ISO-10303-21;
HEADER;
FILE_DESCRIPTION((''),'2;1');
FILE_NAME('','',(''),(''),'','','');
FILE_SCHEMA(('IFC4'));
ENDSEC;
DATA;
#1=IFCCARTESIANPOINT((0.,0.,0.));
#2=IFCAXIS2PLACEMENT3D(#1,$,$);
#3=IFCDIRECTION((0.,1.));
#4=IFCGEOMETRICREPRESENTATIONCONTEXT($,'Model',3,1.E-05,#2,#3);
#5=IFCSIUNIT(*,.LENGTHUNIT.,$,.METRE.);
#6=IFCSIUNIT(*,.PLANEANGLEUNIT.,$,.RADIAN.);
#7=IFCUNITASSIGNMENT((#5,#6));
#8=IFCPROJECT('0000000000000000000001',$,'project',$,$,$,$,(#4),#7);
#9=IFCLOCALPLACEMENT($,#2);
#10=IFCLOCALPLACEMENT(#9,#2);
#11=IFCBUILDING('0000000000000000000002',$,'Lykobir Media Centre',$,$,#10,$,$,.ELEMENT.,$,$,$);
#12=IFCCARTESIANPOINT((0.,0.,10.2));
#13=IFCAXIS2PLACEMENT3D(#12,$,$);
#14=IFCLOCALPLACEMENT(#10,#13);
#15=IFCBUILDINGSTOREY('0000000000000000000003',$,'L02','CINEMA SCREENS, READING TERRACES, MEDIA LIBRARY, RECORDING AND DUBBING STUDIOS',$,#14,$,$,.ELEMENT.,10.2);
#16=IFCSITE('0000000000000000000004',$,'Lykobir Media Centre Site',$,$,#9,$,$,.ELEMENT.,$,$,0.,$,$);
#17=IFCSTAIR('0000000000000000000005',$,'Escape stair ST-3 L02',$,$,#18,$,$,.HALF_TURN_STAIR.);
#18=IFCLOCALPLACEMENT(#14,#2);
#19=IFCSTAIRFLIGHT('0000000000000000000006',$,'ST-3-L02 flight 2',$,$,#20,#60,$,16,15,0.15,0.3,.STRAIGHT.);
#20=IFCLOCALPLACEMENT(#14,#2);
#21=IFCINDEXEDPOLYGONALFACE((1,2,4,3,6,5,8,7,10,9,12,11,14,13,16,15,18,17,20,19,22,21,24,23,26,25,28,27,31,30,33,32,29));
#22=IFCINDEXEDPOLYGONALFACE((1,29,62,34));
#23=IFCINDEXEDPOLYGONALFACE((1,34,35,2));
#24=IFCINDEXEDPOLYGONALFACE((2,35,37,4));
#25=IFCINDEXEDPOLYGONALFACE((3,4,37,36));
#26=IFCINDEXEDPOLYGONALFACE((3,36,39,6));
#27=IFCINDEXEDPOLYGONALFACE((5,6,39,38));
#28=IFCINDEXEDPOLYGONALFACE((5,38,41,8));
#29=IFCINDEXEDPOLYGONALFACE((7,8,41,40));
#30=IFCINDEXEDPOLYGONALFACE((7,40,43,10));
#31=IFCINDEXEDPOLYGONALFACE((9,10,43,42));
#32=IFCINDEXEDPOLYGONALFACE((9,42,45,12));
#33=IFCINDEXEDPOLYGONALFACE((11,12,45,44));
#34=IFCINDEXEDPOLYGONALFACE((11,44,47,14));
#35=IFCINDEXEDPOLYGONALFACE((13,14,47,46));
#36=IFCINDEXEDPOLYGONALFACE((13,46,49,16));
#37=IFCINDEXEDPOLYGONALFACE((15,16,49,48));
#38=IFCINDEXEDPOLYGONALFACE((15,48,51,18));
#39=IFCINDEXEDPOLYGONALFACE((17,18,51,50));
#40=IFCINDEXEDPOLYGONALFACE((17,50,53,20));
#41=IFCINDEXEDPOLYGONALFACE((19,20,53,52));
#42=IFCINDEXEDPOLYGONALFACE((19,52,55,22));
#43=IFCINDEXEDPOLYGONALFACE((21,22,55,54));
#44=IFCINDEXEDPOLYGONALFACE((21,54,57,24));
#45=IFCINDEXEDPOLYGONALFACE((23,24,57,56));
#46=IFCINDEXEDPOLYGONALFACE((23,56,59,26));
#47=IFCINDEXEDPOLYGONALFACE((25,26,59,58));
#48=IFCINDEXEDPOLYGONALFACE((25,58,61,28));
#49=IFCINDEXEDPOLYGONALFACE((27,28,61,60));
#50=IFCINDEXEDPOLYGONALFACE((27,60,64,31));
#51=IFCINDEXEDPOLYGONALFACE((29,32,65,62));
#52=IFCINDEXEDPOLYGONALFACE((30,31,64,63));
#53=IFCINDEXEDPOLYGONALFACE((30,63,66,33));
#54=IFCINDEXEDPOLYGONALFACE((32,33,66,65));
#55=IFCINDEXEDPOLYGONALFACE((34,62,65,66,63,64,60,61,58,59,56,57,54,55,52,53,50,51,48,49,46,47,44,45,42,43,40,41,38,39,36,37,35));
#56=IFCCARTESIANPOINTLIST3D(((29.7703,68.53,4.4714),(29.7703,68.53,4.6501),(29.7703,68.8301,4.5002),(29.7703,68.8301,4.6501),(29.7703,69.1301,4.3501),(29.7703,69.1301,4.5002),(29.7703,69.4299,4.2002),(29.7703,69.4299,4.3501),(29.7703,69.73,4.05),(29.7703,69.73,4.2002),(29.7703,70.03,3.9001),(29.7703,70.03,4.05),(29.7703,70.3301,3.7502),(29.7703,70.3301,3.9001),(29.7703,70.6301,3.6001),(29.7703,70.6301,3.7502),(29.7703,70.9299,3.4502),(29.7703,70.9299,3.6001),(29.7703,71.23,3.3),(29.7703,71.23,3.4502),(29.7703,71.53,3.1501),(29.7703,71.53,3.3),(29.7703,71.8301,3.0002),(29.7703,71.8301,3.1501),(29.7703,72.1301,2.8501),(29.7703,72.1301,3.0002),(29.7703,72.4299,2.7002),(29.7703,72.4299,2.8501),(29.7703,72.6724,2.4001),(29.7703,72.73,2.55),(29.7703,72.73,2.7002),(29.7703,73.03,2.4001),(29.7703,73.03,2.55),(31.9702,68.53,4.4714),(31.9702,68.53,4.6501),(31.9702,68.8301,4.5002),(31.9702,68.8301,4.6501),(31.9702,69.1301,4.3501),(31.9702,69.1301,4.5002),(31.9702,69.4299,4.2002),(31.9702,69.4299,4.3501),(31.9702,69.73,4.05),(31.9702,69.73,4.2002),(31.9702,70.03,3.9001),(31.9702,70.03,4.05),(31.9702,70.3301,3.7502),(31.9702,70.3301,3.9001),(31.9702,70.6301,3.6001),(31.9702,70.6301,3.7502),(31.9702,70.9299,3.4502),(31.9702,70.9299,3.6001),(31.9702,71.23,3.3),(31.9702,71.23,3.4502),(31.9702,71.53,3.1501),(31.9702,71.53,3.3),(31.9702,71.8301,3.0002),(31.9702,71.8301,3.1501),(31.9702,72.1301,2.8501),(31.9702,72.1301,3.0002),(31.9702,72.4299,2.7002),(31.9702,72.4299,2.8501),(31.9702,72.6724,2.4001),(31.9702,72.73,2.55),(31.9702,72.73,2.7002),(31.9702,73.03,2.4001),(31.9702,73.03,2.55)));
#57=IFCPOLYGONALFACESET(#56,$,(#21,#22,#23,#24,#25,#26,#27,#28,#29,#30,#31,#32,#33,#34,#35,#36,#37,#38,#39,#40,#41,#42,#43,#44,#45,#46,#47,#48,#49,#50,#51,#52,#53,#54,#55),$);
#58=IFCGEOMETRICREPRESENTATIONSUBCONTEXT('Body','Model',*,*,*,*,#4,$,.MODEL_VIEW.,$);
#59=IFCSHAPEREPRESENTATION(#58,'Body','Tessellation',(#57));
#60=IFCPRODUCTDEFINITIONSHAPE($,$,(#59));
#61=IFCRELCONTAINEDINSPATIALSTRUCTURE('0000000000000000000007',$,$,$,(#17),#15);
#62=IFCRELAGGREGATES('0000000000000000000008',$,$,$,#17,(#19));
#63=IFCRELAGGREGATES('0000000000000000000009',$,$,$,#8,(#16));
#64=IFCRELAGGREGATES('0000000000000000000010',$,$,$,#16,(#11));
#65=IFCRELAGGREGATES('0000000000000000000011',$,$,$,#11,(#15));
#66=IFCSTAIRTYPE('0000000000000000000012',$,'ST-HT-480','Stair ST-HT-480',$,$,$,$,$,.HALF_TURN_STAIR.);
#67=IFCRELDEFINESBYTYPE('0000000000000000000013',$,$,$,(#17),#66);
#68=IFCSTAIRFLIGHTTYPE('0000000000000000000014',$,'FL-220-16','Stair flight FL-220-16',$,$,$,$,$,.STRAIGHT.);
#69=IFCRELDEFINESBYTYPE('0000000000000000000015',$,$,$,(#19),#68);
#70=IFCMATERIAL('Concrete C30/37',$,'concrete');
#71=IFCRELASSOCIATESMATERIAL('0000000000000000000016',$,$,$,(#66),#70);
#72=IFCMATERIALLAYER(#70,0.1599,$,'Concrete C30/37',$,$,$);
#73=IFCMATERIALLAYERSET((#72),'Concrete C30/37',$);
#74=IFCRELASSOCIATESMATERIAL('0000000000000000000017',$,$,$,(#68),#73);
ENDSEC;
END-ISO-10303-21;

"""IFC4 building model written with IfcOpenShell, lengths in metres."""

from ifc_helpers import new_model, si_unit, direction, frame, origin, place, context, subcontext, project, spatial, polyline, outline, extrude, material, layer, layer_set, type_object, element, aggregate, save


model = new_model("IFC4")

# Units and contexts
model_context = context("Model", 3, precision=1e-05, world=origin(), true_north=direction((0.0, 1.0)))
body_context = subcontext(model_context, "Body", "Model", "MODEL_VIEW")
ifc_project = project(units=[si_unit("LENGTHUNIT", "METRE"), si_unit("PLANEANGLEUNIT", "RADIAN")], contexts=[model_context])

# Site, building, storey
site_placement = place(None, origin())
site = spatial("IfcSite", under=ifc_project, at=site_placement, Name="Lykobir Media Centre Site", CompositionType="ELEMENT", RefElevation=0.0)
building_placement = place(site_placement, origin())
building = spatial("IfcBuilding", under=site, at=building_placement, Name="Lykobir Media Centre", CompositionType="ELEMENT")
storey_placement = place(building_placement, frame((0.0, 0.0, 10.2)))
storey = spatial("IfcBuildingStorey", under=building, at=storey_placement, Name="L02", Description="CINEMA SCREENS, READING TERRACES, MEDIA LIBRARY, RECORDING AND DUBBING STUDIOS", CompositionType="ELEMENT", Elevation=10.2)

# Shared definitions
ifc_material_1 = material(Name="Concrete C30/37", Category="concrete")

# Stair, stair flight
stair_type = type_object("IfcStairType", Name="ST-HT-480", Description="Stair ST-HT-480", PredefinedType="HALF_TURN_STAIR", material=ifc_material_1)
stair_placement = place(storey_placement, origin())
stair = element("IfcStair", 1, at=stair_placement, inside=storey, type_object=stair_type, Name="Escape stair ST-3 L02", PredefinedType="HALF_TURN_STAIR")
ifc_layer_1 = layer(ifc_material_1, 0.1599, Name="Concrete C30/37")
ifc_layer_set_1 = layer_set([ifc_layer_1], Name="Concrete C30/37")
stair_flight_type = type_object("IfcStairFlightType", Name="FL-220-16", Description="Stair flight FL-220-16", PredefinedType="STRAIGHT", material=ifc_layer_set_1)
stair_flight_placement = place(storey_placement, frame((30.8701, 73.03, 2.4001), z_axis=(0.0, 0.0, 1.0), x_axis=(0.0, -1.0, 0.0)))
stair_flight = element("IfcStairFlight", 2, at=stair_flight_placement, type_object=stair_flight_type, Name="ST-3-L02 flight 2", NumberOfRisers=16, NumberOfTreads=15, PredefinedType="STRAIGHT", RiserHeight=0.15, TreadLength=0.3, context=body_context, shape_type="SweptSolid", body=[
    extrude(outline(polyline([(0.0, 0.0), (0.0, 0.1499), (0.3, 0.1499), (0.3, 0.3), (0.6001, 0.3), (0.6001, 0.45), (0.8999, 0.45), (0.8999, 0.6001), (1.2, 0.6001), (1.2, 0.75), (1.5, 0.75), (1.5, 0.8999), (1.8, 0.8999), (1.8, 1.05), (2.1001, 1.05), (2.1001, 1.2), (2.3999, 1.2), (2.3999, 1.3501), (2.7, 1.3501), (2.7, 1.5), (3.0, 1.5), (3.0, 1.6499), (3.3, 1.6499), (3.3, 1.8), (3.6001, 1.8), (3.6001, 1.95), (3.8999, 1.95), (3.8999, 2.1001), (4.2, 2.1001), (4.2, 2.25), (4.5, 2.25), (4.5, 2.3999), (4.5, 2.0713), (0.3577, 0.0), (0.0, 0.0)])), frame((0.0, 1.1001, 0.0), z_axis=(0.0, -1.0, 0.0), x_axis=(1.0, 0.0, 0.0)), (0.0, 0.0, 1.0), 2.2),
])
aggregate(stair, [stair_flight])

save(model, "model.ifc")
